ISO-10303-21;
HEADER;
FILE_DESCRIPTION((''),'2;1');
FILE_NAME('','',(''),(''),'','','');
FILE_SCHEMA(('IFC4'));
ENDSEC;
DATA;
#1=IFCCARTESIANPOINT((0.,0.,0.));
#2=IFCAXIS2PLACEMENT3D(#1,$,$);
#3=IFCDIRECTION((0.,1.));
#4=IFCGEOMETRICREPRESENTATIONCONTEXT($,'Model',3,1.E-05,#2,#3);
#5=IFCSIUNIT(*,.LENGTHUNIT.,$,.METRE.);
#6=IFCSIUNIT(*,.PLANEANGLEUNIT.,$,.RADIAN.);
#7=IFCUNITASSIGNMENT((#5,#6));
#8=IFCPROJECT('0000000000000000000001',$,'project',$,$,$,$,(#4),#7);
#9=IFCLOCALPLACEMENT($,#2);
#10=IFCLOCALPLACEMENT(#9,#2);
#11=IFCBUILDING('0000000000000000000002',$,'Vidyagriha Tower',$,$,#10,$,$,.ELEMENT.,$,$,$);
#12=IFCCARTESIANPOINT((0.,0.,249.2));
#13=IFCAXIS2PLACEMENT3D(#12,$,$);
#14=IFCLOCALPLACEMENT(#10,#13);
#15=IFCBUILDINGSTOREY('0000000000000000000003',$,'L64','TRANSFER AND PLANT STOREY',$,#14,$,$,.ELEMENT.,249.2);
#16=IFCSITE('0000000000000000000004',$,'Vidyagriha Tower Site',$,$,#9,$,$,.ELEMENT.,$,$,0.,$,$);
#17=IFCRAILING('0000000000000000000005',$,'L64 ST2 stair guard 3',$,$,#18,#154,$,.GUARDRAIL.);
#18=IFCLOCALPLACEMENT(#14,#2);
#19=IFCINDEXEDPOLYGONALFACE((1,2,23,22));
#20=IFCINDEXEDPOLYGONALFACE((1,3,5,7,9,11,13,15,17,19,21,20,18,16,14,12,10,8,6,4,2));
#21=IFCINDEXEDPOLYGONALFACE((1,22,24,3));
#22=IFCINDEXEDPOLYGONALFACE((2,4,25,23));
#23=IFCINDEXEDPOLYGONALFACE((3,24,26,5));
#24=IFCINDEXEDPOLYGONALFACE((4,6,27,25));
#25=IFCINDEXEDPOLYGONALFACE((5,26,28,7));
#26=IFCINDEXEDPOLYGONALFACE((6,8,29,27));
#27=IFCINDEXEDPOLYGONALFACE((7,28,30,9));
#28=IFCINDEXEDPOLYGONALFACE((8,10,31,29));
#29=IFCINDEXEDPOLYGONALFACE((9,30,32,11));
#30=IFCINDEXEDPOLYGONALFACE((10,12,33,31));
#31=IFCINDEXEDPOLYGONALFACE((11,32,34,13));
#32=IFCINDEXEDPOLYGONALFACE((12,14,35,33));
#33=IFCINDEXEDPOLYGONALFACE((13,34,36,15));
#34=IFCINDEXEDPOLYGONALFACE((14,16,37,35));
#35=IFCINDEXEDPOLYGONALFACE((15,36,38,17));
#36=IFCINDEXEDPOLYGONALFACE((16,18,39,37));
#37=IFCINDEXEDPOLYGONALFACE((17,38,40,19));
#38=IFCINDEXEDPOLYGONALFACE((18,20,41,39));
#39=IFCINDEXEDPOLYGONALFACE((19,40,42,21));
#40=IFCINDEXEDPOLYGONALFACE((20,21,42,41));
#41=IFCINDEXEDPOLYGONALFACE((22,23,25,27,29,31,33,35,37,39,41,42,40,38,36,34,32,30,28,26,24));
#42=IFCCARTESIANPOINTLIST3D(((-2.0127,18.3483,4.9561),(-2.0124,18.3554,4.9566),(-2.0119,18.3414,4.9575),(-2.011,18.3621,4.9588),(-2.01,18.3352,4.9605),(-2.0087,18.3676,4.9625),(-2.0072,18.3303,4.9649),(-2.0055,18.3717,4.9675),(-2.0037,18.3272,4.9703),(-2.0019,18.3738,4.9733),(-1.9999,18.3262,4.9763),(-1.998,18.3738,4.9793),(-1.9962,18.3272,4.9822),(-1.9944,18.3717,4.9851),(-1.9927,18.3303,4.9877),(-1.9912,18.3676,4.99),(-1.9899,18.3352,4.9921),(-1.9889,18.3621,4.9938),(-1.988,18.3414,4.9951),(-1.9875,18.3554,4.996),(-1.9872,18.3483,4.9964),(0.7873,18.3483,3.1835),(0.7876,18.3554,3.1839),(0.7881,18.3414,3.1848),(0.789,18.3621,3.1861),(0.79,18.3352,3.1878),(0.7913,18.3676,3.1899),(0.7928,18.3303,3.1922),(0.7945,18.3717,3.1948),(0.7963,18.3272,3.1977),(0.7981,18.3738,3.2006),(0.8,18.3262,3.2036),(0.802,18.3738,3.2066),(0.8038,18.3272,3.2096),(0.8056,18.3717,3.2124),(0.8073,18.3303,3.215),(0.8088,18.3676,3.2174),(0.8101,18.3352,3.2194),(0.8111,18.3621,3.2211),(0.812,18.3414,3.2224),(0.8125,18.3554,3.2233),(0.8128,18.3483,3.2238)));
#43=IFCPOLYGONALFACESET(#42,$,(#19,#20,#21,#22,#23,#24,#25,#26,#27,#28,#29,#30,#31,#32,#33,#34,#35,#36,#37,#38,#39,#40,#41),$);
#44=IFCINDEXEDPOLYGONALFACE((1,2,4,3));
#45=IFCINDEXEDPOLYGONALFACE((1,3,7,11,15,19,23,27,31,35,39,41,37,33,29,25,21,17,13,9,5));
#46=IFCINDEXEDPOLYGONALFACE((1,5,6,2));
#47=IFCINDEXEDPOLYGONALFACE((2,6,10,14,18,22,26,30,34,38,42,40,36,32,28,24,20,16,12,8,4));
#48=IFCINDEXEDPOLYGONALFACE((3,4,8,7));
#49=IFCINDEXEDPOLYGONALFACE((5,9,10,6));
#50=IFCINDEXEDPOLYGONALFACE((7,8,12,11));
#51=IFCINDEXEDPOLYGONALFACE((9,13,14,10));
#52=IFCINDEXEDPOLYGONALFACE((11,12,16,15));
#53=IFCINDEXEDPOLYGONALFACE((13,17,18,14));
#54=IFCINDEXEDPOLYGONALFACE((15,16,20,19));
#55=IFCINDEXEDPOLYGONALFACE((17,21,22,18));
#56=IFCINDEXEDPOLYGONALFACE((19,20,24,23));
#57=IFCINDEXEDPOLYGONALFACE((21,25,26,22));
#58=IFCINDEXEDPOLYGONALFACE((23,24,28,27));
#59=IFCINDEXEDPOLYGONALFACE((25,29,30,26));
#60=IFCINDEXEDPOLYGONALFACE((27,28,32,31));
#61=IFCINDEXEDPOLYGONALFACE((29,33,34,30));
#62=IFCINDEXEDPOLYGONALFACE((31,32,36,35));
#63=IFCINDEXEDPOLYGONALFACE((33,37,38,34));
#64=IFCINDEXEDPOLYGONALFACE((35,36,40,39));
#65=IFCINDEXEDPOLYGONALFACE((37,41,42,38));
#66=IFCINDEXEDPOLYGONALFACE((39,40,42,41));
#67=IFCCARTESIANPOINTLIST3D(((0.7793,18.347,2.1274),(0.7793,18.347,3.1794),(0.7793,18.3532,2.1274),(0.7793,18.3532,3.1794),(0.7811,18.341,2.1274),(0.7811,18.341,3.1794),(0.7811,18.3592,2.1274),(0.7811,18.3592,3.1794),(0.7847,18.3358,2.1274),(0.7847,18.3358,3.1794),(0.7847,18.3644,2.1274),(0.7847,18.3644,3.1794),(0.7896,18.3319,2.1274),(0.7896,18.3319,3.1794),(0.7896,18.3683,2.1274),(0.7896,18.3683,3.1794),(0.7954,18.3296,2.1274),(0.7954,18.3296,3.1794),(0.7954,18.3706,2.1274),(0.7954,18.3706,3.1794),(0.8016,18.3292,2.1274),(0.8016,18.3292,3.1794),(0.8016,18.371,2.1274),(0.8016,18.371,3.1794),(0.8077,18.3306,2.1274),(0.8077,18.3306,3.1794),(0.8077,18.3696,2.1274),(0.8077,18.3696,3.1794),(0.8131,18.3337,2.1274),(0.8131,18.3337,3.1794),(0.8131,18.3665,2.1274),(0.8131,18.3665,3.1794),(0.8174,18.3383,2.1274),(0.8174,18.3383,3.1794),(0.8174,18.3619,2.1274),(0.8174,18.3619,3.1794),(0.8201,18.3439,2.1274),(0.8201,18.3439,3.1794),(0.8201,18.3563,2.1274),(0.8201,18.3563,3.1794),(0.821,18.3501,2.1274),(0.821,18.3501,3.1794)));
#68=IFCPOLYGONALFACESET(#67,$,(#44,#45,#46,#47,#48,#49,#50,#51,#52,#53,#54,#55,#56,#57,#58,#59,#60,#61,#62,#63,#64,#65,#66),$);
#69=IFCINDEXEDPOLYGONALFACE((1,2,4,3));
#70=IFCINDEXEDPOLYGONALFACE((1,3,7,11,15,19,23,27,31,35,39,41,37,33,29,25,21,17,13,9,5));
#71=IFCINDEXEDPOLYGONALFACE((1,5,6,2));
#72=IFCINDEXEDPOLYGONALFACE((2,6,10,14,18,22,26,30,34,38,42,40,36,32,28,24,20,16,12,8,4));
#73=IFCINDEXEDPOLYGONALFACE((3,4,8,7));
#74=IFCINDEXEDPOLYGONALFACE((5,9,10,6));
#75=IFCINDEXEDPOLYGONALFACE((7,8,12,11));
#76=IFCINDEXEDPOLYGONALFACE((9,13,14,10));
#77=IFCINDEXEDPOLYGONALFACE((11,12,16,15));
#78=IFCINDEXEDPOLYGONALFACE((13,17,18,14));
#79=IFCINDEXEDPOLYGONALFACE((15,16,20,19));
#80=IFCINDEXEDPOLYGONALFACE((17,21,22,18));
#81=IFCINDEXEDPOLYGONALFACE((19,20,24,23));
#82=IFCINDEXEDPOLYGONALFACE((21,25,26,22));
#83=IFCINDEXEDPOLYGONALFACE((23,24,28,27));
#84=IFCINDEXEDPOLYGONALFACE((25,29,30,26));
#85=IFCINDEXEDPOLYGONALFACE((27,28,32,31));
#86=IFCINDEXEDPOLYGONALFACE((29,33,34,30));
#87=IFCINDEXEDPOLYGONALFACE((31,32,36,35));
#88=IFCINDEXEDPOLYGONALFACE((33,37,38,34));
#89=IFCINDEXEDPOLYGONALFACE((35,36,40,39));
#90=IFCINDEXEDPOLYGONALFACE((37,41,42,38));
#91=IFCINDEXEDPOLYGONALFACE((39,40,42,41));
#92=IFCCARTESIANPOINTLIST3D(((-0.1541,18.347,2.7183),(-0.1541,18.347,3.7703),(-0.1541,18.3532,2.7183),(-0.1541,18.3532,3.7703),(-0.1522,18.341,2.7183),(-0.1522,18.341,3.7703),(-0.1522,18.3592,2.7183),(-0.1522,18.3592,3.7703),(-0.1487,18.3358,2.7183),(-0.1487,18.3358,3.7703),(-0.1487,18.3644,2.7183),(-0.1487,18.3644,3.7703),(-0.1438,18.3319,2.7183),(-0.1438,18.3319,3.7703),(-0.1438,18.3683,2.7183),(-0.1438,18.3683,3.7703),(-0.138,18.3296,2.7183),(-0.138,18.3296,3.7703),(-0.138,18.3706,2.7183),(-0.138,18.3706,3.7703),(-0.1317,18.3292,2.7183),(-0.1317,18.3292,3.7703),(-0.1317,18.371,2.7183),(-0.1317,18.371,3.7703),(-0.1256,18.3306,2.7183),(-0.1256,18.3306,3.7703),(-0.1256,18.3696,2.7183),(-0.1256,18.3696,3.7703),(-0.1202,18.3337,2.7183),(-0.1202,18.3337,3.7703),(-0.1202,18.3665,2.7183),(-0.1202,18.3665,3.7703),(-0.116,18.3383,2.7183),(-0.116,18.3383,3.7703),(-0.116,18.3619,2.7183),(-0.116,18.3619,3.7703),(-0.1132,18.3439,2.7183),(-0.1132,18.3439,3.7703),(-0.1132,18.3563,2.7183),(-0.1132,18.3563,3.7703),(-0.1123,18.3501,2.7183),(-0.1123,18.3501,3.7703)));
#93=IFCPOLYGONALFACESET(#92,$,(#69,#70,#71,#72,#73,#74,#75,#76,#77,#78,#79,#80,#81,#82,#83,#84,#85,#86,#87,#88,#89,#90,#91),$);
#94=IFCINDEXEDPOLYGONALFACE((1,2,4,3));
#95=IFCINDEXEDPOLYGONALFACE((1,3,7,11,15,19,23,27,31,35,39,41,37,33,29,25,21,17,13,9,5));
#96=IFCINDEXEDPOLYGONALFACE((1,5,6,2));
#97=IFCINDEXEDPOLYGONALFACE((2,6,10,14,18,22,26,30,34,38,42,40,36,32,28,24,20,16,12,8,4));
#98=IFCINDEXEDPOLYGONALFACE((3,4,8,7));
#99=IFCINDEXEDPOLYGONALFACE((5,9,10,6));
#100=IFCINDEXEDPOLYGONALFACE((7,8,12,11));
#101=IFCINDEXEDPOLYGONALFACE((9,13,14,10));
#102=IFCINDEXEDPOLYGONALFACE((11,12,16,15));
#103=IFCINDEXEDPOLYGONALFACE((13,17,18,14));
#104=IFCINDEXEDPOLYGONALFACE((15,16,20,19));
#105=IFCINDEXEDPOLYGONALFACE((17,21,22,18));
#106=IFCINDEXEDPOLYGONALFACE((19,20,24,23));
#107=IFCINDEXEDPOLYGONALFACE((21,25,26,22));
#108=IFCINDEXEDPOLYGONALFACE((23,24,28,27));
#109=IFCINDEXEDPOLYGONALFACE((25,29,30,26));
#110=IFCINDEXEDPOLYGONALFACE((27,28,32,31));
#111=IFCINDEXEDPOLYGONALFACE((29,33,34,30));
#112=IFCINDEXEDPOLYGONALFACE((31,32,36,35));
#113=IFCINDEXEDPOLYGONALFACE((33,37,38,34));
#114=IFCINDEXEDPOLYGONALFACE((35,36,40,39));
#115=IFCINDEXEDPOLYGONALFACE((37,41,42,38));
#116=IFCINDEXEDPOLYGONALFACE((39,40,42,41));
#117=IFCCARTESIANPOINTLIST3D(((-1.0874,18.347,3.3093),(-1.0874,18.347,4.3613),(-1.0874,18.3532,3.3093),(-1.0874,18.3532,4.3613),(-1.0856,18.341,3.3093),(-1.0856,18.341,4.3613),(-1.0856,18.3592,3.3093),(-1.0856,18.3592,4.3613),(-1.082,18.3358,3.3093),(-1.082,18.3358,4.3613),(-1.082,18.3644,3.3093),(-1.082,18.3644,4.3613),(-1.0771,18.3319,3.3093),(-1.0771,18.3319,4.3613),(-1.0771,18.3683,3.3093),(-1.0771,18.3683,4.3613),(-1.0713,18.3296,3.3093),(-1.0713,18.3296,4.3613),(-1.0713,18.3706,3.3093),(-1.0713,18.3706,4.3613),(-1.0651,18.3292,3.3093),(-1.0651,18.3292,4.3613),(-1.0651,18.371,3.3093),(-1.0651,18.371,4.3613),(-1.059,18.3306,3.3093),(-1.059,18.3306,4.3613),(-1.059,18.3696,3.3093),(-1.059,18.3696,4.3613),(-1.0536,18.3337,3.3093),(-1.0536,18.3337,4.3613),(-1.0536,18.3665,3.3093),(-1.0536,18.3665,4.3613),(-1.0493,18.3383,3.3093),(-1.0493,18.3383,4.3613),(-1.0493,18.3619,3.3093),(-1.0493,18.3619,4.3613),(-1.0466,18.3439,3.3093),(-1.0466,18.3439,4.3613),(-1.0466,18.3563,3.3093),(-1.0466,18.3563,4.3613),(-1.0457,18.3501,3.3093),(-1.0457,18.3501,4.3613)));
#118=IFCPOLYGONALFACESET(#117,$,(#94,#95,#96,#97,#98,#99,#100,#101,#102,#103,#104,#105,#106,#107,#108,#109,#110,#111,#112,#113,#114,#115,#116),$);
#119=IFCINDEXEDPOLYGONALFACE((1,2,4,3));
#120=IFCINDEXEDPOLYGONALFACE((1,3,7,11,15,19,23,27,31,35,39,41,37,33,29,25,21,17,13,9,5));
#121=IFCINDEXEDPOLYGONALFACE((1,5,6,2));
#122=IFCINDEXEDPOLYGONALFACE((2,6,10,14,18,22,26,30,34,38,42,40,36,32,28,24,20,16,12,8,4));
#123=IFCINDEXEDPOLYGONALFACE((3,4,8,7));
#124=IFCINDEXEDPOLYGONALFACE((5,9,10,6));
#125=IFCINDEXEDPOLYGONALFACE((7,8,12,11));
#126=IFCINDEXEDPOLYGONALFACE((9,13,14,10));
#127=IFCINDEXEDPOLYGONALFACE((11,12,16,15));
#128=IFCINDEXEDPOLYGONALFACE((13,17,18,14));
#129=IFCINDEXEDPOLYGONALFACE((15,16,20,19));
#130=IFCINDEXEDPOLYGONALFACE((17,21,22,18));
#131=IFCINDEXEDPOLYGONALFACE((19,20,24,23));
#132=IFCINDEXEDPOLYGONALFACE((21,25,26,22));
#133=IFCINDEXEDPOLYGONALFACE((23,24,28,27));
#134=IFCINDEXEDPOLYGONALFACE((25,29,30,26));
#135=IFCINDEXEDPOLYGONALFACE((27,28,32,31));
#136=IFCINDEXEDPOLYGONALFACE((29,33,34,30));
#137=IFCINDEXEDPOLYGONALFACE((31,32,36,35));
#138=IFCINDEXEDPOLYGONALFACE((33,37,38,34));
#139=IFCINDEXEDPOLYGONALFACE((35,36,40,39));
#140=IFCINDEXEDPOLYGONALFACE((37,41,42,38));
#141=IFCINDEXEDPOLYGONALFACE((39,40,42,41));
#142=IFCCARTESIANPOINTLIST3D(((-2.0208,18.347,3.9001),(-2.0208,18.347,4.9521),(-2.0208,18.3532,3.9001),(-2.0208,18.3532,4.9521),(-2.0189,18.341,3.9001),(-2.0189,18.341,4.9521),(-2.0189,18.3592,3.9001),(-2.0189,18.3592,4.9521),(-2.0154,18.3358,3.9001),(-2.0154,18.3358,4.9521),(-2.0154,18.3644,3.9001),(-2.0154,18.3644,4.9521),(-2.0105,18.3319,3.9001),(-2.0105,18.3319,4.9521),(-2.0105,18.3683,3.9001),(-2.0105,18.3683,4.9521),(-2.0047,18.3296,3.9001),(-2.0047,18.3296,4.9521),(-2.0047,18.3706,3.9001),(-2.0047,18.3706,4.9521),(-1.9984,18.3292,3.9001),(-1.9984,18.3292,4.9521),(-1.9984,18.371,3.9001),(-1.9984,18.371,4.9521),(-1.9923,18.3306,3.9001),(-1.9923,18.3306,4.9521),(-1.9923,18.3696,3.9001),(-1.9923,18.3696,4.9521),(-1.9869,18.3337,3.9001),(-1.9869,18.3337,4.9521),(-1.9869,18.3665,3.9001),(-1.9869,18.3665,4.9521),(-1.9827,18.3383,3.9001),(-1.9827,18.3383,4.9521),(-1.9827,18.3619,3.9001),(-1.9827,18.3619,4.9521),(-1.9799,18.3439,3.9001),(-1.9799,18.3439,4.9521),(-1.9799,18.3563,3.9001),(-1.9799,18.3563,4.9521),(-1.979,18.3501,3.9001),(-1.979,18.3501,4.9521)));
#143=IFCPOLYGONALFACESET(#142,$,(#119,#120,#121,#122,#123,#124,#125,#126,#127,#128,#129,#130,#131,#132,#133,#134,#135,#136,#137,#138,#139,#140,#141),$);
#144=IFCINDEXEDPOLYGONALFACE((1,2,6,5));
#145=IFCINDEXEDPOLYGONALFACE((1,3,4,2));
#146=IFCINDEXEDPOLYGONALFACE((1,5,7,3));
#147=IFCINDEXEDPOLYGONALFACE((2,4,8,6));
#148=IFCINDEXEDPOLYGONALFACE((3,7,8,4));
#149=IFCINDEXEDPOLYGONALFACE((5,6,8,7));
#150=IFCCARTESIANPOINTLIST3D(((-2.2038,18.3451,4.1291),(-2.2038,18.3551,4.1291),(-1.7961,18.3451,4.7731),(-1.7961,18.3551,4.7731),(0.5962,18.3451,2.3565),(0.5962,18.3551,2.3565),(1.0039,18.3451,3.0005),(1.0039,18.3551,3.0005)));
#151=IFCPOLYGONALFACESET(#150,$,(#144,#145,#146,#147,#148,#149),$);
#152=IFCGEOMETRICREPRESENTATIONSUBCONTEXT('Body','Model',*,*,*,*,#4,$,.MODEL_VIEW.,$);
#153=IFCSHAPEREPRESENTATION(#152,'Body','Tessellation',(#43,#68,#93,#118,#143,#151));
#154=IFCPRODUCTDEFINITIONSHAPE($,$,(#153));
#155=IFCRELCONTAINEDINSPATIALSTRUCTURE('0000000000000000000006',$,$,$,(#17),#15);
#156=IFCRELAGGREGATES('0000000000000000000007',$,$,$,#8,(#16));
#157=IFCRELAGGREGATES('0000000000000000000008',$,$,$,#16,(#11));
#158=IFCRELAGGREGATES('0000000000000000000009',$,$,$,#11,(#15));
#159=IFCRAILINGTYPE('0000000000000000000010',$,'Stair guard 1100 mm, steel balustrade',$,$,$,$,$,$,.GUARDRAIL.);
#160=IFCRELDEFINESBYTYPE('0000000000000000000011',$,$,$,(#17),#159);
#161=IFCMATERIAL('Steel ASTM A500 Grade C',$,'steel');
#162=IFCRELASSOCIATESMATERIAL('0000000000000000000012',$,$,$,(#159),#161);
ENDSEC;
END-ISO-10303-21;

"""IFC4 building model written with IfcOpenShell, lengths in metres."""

from ifc_helpers import new_model, si_unit, direction, frame, origin, origin_2d, place, context, subcontext, project, spatial, rectangle, circle, extrude, material, type_object, element, save


model = new_model("IFC4")

# Units and contexts
model_context = context("Model", 3, precision=1e-05, world=origin(), true_north=direction((0.0, 1.0)))
body_context = subcontext(model_context, "Body", "Model", "MODEL_VIEW")
ifc_project = project(units=[si_unit("LENGTHUNIT", "METRE"), si_unit("PLANEANGLEUNIT", "RADIAN")], contexts=[model_context])

# Site, building, storey
site_placement = place(None, origin())
site = spatial("IfcSite", under=ifc_project, at=site_placement, Name="Vidyagriha Tower Site", CompositionType="ELEMENT", RefElevation=0.0)
building_placement = place(site_placement, origin())
building = spatial("IfcBuilding", under=site, at=building_placement, Name="Vidyagriha Tower", CompositionType="ELEMENT")
storey_placement = place(building_placement, frame((0.0, 0.0, 249.2)))
storey = spatial("IfcBuildingStorey", under=building, at=storey_placement, Name="L64", Description="TRANSFER AND PLANT STOREY", CompositionType="ELEMENT", Elevation=249.2)

# Railing
ifc_material_1 = material(Name="Steel ASTM A500 Grade C", Category="steel")
railing_type_1 = type_object("IfcRailingType", Name="Stair guard 1100 mm, steel balustrade", PredefinedType="GUARDRAIL", material=ifc_material_1)
railing_1_placement = place(storey_placement, frame((0.8, 18.3501, 2.1274)))
element("IfcRailing", 1, at=railing_1_placement, inside=storey, type_object=railing_type_1, Name="L64 ST2 stair guard 3", PredefinedType="GUARDRAIL", context=body_context, shape_type="SweptSolid", body=[
    extrude(circle(Radius=0.0239, at=origin_2d()), frame((0.0, 0.0, 1.0762), z_axis=(-0.844909, 0.0, 0.53491), x_axis=(0.0, -1.0, 0.0)), (0.0, 0.0, 1.0), 3.314),
    extrude(circle(Radius=0.021, at=origin_2d()), origin(), (0.0, 0.0, 1.0), 1.052),
    extrude(circle(Radius=0.021, at=origin_2d()), frame((-0.9333, 0.0, 0.5908)), (0.0, 0.0, 1.0), 1.052),
    extrude(circle(Radius=0.021, at=origin_2d()), frame((-1.8667, 0.0, 1.1819)), (0.0, 0.0, 1.0), 1.052),
    extrude(circle(Radius=0.021, at=origin_2d()), frame((-2.8, 0.0, 1.7727)), (0.0, 0.0, 1.0), 1.052),
    extrude(rectangle(XDim=0.01, YDim=0.7622, at=origin_2d()), frame((0.0, 0.0, 0.551), z_axis=(-0.844909, 0.0, 0.53491), x_axis=(0.0, -1.0, 0.0)), (0.0, 0.0, 1.0), 3.314),
])

save(model, "model.ifc")
